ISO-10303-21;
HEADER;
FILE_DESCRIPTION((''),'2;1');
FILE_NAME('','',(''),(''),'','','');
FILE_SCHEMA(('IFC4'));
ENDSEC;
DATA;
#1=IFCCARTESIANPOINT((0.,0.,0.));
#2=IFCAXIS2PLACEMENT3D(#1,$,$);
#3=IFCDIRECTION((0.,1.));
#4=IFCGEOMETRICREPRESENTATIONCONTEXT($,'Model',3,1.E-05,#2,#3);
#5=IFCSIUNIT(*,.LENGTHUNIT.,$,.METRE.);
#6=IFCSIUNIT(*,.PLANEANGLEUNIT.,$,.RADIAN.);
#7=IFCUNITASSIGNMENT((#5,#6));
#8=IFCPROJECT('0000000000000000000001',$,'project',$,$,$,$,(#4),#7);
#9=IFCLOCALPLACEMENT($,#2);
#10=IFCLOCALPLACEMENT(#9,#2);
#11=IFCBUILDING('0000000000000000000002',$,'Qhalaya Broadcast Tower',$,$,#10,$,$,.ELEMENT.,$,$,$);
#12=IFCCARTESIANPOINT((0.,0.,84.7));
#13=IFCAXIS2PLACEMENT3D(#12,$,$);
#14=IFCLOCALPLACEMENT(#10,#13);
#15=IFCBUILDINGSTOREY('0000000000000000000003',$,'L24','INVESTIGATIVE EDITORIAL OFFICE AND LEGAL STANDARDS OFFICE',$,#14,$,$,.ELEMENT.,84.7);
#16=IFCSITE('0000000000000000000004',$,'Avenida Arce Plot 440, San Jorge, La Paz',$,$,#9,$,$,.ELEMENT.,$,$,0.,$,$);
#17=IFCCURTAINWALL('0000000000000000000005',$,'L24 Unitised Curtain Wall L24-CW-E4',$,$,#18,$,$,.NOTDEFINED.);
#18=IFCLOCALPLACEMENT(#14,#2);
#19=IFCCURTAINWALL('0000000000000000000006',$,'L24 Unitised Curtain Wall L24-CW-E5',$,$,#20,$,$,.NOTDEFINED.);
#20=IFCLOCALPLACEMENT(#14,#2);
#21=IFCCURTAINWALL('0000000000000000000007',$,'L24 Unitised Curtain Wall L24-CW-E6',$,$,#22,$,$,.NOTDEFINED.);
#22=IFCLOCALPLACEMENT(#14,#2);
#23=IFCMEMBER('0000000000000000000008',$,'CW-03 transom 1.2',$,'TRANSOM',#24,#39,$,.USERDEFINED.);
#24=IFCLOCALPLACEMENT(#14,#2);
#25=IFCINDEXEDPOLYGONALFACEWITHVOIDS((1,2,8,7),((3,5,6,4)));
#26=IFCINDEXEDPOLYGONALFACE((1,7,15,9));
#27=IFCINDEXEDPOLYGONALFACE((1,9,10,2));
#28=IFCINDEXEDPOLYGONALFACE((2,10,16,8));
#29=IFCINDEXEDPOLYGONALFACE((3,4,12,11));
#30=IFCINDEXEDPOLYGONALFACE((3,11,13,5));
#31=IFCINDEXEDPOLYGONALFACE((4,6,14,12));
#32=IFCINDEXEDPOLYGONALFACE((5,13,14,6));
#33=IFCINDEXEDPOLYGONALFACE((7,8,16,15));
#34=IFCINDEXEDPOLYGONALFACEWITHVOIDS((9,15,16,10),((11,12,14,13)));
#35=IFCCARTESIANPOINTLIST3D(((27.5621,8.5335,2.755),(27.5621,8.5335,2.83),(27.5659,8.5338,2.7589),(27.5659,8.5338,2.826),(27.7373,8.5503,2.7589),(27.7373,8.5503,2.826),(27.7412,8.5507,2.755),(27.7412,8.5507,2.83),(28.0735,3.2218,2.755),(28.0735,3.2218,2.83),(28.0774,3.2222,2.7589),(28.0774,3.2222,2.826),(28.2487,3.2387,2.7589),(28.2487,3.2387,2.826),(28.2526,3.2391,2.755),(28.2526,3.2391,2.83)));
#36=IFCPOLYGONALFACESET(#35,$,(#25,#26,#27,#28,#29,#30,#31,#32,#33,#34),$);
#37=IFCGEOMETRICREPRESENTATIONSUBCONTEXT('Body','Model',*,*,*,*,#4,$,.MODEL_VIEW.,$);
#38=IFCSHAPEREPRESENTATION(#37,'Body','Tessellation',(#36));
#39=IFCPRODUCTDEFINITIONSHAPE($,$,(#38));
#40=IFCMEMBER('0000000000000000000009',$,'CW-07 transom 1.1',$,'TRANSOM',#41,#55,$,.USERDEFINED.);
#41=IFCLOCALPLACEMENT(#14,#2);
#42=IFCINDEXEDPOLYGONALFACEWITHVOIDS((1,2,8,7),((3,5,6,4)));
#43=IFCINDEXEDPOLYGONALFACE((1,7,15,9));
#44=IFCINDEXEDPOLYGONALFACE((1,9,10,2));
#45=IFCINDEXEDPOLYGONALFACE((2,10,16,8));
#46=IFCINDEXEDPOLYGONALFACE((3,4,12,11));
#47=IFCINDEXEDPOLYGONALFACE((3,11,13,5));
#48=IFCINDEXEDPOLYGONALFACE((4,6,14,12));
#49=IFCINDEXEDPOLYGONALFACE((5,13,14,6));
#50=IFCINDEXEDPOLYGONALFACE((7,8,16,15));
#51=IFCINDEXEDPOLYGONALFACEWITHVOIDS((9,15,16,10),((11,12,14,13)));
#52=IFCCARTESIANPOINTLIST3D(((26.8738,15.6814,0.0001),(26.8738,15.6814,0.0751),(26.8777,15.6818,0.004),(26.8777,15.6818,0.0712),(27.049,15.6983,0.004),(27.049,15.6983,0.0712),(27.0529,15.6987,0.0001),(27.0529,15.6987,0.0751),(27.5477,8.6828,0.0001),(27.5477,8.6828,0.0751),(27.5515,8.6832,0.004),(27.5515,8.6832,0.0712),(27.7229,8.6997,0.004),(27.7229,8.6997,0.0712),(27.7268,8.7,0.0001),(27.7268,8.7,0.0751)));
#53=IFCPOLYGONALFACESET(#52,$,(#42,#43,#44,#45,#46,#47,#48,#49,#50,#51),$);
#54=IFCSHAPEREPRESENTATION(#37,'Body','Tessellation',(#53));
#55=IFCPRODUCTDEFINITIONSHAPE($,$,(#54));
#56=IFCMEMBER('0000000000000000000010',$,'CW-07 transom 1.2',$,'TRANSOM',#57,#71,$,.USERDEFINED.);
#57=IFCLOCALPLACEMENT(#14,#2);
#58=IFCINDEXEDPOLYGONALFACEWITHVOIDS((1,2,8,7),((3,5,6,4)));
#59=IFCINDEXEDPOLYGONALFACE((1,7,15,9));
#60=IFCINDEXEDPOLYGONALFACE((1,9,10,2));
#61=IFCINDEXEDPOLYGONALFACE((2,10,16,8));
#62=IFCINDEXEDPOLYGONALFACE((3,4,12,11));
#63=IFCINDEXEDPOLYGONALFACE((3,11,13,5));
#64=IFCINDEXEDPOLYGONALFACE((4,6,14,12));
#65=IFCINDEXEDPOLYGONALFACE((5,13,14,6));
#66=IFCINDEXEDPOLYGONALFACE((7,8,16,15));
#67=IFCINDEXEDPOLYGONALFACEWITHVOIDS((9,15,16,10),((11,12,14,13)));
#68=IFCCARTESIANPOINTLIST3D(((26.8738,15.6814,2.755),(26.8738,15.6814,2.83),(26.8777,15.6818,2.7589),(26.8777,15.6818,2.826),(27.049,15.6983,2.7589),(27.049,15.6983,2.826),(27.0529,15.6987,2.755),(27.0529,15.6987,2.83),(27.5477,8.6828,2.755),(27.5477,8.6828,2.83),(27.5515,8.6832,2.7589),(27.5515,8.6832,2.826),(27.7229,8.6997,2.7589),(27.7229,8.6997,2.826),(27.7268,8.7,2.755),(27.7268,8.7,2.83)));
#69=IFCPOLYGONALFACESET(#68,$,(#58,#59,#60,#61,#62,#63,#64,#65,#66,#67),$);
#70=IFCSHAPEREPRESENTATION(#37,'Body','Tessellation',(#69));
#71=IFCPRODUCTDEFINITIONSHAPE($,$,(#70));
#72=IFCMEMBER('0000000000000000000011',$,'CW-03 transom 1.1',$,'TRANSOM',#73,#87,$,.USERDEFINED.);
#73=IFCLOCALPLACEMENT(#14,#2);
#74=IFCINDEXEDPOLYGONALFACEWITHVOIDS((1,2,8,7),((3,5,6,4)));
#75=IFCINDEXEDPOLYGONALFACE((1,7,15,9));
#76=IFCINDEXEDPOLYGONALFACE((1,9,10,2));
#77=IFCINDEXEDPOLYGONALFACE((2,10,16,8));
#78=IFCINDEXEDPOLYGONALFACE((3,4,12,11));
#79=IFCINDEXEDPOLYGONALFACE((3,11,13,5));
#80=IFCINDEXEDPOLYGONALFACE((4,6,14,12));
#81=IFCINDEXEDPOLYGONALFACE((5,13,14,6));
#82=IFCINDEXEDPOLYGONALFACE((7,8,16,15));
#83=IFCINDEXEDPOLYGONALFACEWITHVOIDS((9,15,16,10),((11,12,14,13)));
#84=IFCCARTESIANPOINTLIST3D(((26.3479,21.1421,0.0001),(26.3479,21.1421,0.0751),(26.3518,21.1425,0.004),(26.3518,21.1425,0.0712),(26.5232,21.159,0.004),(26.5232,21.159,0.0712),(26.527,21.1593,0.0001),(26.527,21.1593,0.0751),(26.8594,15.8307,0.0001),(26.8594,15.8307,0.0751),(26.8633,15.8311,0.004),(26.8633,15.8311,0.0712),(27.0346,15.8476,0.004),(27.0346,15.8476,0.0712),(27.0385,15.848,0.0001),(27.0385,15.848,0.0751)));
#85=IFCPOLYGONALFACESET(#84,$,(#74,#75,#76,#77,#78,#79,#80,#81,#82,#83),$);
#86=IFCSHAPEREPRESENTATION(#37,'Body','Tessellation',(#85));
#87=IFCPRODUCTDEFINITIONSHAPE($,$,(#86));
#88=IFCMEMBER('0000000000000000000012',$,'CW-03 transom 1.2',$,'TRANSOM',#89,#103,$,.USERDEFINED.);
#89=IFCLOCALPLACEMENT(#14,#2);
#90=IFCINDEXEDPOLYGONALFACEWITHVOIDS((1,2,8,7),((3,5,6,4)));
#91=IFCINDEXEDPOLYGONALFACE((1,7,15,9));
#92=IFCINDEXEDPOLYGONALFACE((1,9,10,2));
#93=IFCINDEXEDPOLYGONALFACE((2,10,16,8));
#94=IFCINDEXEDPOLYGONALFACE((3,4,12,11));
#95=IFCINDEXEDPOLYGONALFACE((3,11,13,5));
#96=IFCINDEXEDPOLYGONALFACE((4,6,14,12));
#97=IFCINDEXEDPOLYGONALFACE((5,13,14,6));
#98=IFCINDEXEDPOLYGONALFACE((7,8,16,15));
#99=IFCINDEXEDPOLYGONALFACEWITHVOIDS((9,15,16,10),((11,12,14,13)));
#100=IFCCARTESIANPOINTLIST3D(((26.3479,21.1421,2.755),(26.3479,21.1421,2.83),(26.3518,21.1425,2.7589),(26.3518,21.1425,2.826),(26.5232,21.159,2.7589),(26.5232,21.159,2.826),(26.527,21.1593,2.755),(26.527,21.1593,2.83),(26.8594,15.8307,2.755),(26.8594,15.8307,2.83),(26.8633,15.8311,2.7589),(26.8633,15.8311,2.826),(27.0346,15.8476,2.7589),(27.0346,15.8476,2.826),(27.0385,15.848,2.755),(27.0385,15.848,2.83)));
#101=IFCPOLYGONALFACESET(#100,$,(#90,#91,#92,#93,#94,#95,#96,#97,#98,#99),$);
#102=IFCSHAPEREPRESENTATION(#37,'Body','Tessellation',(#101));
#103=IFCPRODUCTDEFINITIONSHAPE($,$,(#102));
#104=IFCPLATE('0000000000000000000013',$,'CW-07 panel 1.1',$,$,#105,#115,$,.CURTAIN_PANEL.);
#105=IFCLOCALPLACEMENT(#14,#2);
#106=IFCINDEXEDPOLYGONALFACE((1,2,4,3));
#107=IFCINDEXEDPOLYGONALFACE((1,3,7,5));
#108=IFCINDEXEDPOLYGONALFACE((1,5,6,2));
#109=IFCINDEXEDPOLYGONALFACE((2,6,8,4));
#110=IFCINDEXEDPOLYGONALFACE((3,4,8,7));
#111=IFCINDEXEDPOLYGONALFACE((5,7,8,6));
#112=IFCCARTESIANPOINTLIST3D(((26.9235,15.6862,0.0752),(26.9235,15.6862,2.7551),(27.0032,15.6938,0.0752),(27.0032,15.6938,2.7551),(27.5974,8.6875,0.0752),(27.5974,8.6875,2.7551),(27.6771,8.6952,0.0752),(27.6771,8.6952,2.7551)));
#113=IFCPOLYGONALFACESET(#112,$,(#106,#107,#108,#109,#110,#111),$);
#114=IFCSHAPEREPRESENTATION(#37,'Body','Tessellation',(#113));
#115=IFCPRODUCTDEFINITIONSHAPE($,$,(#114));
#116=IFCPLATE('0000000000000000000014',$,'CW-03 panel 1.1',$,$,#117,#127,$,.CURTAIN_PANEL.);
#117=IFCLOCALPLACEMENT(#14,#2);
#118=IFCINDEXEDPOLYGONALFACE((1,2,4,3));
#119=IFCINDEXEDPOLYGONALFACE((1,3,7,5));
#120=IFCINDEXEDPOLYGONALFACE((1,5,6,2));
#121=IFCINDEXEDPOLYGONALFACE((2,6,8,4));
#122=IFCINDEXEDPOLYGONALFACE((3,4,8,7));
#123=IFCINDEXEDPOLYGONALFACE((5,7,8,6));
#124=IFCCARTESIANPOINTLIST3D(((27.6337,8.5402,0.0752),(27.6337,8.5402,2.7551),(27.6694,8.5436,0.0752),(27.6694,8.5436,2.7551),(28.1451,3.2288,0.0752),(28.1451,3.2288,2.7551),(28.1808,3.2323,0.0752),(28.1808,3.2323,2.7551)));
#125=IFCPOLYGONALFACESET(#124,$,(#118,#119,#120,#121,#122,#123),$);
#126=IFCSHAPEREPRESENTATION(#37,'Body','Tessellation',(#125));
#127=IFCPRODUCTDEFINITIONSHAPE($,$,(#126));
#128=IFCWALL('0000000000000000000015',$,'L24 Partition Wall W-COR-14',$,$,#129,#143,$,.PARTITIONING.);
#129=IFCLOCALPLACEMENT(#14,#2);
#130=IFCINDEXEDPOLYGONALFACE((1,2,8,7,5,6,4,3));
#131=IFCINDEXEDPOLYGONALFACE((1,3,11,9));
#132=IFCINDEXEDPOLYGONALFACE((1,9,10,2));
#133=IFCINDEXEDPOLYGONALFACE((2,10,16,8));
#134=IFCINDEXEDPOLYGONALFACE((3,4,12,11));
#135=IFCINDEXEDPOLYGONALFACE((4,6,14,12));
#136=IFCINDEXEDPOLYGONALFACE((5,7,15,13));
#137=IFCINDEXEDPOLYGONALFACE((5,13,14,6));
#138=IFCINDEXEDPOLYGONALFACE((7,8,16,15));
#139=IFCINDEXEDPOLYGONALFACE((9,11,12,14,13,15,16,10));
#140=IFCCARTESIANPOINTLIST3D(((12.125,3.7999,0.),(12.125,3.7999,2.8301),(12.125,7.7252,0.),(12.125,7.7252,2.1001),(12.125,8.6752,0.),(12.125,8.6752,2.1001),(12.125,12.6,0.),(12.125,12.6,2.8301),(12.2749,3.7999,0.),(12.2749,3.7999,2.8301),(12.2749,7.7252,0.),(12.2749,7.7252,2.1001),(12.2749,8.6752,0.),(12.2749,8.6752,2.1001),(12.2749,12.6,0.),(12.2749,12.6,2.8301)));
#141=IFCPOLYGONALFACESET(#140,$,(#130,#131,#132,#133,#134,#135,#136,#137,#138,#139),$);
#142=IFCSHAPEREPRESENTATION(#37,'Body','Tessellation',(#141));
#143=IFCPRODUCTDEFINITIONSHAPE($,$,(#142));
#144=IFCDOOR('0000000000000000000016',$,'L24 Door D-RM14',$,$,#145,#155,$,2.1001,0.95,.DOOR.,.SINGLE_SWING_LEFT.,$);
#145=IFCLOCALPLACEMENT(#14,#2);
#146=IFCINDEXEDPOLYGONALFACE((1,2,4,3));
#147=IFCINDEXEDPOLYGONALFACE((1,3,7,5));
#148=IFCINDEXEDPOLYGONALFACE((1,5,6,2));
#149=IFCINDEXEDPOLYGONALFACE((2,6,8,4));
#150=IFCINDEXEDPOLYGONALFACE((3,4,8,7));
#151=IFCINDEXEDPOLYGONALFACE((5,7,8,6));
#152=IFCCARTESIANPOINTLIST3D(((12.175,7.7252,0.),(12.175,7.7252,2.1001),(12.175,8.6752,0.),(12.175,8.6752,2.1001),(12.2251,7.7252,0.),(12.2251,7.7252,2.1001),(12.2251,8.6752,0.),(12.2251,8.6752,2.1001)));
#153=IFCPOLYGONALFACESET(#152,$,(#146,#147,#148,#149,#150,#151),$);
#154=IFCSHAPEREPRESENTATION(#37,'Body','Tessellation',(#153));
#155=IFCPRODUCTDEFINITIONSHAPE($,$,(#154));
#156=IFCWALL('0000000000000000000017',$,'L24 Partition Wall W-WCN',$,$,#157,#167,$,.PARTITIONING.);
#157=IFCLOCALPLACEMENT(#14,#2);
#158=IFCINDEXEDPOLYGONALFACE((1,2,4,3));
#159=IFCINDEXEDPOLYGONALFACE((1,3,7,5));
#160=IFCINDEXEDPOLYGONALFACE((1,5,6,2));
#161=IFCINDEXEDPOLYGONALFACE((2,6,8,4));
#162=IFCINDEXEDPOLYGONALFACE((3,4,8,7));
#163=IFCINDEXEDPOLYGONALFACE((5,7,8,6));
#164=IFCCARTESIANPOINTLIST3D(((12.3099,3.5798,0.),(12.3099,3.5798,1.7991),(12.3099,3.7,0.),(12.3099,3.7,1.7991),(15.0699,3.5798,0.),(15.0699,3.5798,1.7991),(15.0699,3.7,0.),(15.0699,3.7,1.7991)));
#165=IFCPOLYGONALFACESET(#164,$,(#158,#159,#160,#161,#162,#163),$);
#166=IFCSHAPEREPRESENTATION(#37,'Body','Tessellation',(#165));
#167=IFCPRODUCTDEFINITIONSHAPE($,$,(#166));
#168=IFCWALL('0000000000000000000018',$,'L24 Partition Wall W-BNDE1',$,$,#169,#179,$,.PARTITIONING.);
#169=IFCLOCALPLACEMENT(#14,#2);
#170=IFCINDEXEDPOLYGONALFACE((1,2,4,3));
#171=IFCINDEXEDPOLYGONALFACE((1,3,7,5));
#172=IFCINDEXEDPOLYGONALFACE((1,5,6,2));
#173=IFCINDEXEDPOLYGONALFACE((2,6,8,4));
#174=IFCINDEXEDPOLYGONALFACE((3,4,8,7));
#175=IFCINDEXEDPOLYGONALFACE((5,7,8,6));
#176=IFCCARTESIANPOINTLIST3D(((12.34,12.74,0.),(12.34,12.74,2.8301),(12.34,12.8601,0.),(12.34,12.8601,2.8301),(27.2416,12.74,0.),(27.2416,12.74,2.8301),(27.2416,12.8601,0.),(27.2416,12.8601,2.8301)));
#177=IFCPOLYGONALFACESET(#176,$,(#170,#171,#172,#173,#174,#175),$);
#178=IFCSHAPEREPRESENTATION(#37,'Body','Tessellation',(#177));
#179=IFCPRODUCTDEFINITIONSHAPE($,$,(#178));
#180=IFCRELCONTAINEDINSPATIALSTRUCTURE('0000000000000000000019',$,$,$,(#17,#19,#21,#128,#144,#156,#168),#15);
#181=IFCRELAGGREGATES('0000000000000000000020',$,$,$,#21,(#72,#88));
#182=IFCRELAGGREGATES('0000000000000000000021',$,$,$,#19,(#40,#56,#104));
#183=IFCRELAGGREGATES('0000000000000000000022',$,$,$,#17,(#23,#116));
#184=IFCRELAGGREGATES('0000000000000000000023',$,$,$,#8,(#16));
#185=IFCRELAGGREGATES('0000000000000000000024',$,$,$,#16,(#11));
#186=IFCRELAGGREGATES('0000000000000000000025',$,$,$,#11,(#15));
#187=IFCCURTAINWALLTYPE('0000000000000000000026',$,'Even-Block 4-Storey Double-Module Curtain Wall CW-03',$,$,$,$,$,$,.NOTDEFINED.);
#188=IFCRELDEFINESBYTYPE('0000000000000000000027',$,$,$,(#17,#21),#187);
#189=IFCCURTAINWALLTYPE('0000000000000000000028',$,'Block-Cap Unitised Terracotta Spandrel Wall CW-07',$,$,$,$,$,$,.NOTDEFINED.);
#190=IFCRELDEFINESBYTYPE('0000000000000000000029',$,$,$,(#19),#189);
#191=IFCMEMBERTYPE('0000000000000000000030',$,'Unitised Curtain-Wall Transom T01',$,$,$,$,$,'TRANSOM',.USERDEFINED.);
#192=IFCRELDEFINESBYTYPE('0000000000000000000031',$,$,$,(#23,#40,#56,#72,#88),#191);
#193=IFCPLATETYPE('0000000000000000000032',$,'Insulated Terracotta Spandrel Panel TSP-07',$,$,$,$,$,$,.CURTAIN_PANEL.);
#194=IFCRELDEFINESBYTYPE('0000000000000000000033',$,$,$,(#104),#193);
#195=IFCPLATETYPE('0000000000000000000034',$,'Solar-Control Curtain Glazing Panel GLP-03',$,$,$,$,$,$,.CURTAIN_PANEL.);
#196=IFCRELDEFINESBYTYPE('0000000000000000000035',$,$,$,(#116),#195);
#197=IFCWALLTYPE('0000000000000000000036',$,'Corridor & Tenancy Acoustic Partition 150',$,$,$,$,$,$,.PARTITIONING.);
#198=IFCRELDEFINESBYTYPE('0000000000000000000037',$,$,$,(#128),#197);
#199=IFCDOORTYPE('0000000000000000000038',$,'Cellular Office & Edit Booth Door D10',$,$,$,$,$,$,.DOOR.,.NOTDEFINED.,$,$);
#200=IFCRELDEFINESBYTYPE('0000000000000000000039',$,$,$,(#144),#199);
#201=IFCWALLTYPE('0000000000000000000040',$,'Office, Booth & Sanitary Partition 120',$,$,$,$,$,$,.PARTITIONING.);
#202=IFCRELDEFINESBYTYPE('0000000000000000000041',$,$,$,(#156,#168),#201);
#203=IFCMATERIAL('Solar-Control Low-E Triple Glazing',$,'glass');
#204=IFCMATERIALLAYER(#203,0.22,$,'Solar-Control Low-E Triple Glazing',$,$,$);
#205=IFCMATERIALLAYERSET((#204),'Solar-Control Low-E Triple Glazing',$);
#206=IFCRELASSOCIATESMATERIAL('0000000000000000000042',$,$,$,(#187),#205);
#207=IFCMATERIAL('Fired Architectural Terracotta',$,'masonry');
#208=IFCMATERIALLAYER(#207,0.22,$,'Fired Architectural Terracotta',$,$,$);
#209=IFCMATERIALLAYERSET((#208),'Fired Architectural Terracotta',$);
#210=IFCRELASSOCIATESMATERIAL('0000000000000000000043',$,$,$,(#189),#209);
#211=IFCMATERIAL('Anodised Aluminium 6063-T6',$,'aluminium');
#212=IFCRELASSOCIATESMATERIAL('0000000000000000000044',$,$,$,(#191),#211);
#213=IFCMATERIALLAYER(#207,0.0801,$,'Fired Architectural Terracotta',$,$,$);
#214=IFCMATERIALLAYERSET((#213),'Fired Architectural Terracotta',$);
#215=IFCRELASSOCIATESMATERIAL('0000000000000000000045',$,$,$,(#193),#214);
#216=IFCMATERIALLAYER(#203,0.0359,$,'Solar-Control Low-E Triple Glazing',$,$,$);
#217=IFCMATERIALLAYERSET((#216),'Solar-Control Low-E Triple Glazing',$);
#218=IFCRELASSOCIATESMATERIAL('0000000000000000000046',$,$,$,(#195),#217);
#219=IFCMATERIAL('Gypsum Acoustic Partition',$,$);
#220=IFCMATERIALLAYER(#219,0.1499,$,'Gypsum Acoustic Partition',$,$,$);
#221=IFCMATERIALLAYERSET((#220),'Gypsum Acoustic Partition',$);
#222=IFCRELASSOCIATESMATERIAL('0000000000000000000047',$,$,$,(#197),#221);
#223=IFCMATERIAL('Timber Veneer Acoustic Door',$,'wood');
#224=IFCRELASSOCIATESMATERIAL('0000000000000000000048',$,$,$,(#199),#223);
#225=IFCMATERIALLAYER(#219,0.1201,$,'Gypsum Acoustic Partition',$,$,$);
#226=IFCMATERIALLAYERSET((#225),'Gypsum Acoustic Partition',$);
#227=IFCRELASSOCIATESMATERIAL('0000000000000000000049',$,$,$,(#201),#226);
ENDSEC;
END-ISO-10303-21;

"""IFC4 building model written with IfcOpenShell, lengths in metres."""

from ifc_helpers import new_model, si_unit, direction, frame, frame_2d, origin, origin_2d, place, context, subcontext, project, spatial, rectangle, hollow_rectangle, extrude, material, layer, layer_set, material_profile, profile_set, type_object, element, fill, aggregate, save


model = new_model("IFC4")

# Units and contexts
model_context = context("Model", 3, precision=1e-05, world=origin(), true_north=direction((0.0, 1.0)))
body_context = subcontext(model_context, "Body", "Model", "MODEL_VIEW")
ifc_project = project(units=[si_unit("LENGTHUNIT", "METRE"), si_unit("PLANEANGLEUNIT", "RADIAN")], contexts=[model_context])

# Site, building, storey
site_placement = place(None, origin())
site = spatial("IfcSite", under=ifc_project, at=site_placement, Name="Avenida Arce Plot 440, San Jorge, La Paz", CompositionType="ELEMENT", RefElevation=0.0)
building_placement = place(site_placement, origin())
building = spatial("IfcBuilding", under=site, at=building_placement, Name="Qhalaya Broadcast Tower", CompositionType="ELEMENT")
storey_placement = place(building_placement, frame((0.0, 0.0, 84.7)))
storey = spatial("IfcBuildingStorey", under=building, at=storey_placement, Name="L24", Description="INVESTIGATIVE EDITORIAL OFFICE AND LEGAL STANDARDS OFFICE", CompositionType="ELEMENT", Elevation=84.7)

# Curtain walls
ifc_material_1 = material(Name="Solar-Control Low-E Triple Glazing", Category="glass")
ifc_layer_1 = layer(ifc_material_1, 0.22, Name="Solar-Control Low-E Triple Glazing")
ifc_layer_set_1 = layer_set([ifc_layer_1], Name="Solar-Control Low-E Triple Glazing")
curtain_wall_type_1 = type_object("IfcCurtainWallType", Name="Even-Block 4-Storey Double-Module Curtain Wall CW-03", PredefinedType="NOTDEFINED", material=ifc_layer_set_1)
curtain_wall_1_placement = place(storey_placement, origin())
curtain_wall_1 = element("IfcCurtainWall", 1, at=curtain_wall_1_placement, inside=storey, type_object=curtain_wall_type_1, Name="L24 Unitised Curtain Wall L24-CW-E4", PredefinedType="NOTDEFINED")
ifc_material_2 = material(Name="Anodised Aluminium 6063-T6", Category="aluminium")
ifc_material_3 = material(Name="Fired Architectural Terracotta", Category="masonry")
ifc_layer_2 = layer(ifc_material_3, 0.22, Name="Fired Architectural Terracotta")
ifc_layer_set_2 = layer_set([ifc_layer_2], Name="Fired Architectural Terracotta")
curtain_wall_type_2 = type_object("IfcCurtainWallType", Name="Block-Cap Unitised Terracotta Spandrel Wall CW-07", PredefinedType="NOTDEFINED", material=ifc_layer_set_2)
curtain_wall_2_placement = place(storey_placement, origin())
curtain_wall_2 = element("IfcCurtainWall", 2, at=curtain_wall_2_placement, inside=storey, type_object=curtain_wall_type_2, Name="L24 Unitised Curtain Wall L24-CW-E5", PredefinedType="NOTDEFINED")

# Curtain wall
curtain_wall_3_placement = place(storey_placement, origin())
curtain_wall_3 = element("IfcCurtainWall", 3, at=curtain_wall_3_placement, inside=storey, type_object=curtain_wall_type_1, Name="L24 Unitised Curtain Wall L24-CW-E6", PredefinedType="NOTDEFINED")

# Members
ifc_material_profile_1 = material_profile(ifc_material_2, hollow_rectangle(XDim=0.075, YDim=0.1799, WallThickness=0.0039, at=origin_2d()), Name="ALU-TRN 75x180x4")
ifc_profile_set_1 = profile_set([ifc_material_profile_1], Name="Anodised Aluminium 6063-T6")
member_type_1 = type_object("IfcMemberType", Name="Unitised Curtain-Wall Transom T01", ElementType="TRANSOM", PredefinedType="USERDEFINED", material=ifc_profile_set_1)
member_1_placement = place(storey_placement, frame((28.1631, 3.2305, 2.7925), z_axis=(-0.095852, 0.995396, 0.0), x_axis=(0.0, 0.0, 1.0)))
member_1 = element("IfcMember", 4, at=member_1_placement, type_object=member_type_1, Name="CW-03 transom 1.2", ObjectType="TRANSOM", PredefinedType="USERDEFINED", context=body_context, shape_type="SweptSolid", body=[
    extrude(hollow_rectangle(XDim=0.075, YDim=0.1799, WallThickness=0.0039, at=origin_2d()), origin(), (0.0, 0.0, 1.0), 5.3362),
])
member_2_placement = place(storey_placement, frame((27.6372, 8.6914, 0.0376), z_axis=(-0.095838, 0.995397, 0.0), x_axis=(0.0, 0.0, 1.0)))
member_2 = element("IfcMember", 5, at=member_2_placement, type_object=member_type_1, Name="CW-07 transom 1.1", ObjectType="TRANSOM", PredefinedType="USERDEFINED", context=body_context, shape_type="SweptSolid", body=[
    extrude(hollow_rectangle(XDim=0.075, YDim=0.1799, WallThickness=0.0039, at=origin_2d()), origin(), (0.0, 0.0, 1.0), 7.031),
])
member_3_placement = place(storey_placement, frame((27.6372, 8.6914, 2.7925), z_axis=(-0.095838, 0.995397, 0.0), x_axis=(0.0, 0.0, 1.0)))
member_3 = element("IfcMember", 6, at=member_3_placement, type_object=member_type_1, Name="CW-07 transom 1.2", ObjectType="TRANSOM", PredefinedType="USERDEFINED", context=body_context, shape_type="SweptSolid", body=[
    extrude(hollow_rectangle(XDim=0.075, YDim=0.1799, WallThickness=0.0039, at=origin_2d()), origin(), (0.0, 0.0, 1.0), 7.031),
])
member_4_placement = place(storey_placement, frame((26.949, 15.8394, 0.0376), z_axis=(-0.095856, 0.995395, 0.0), x_axis=(0.0, 0.0, 1.0)))
member_4 = element("IfcMember", 7, at=member_4_placement, type_object=member_type_1, Name="CW-03 transom 1.1", ObjectType="TRANSOM", PredefinedType="USERDEFINED", context=body_context, shape_type="SweptSolid", body=[
    extrude(hollow_rectangle(XDim=0.075, YDim=0.1799, WallThickness=0.0039, at=origin_2d()), origin(), (0.0, 0.0, 1.0), 5.3359),
])
member_5_placement = place(storey_placement, frame((26.949, 15.8394, 2.7925), z_axis=(-0.095856, 0.995395, 0.0), x_axis=(0.0, 0.0, 1.0)))
member_5 = element("IfcMember", 8, at=member_5_placement, type_object=member_type_1, Name="CW-03 transom 1.2", ObjectType="TRANSOM", PredefinedType="USERDEFINED", context=body_context, shape_type="SweptSolid", body=[
    extrude(hollow_rectangle(XDim=0.075, YDim=0.1799, WallThickness=0.0039, at=origin_2d()), origin(), (0.0, 0.0, 1.0), 5.3359),
])
aggregate(curtain_wall_3, [member_4, member_5])

# Plates
ifc_layer_3 = layer(ifc_material_3, 0.0801, Name="Fired Architectural Terracotta")
ifc_layer_set_3 = layer_set([ifc_layer_3], Name="Fired Architectural Terracotta")
plate_type_1 = type_object("IfcPlateType", Name="Insulated Terracotta Spandrel Panel TSP-07", PredefinedType="CURTAIN_PANEL", material=ifc_layer_set_3)
plate_1_placement = place(storey_placement, frame((27.3003, 12.1907, 0.0752), z_axis=(0.0, 0.0, 1.0), x_axis=(-0.095851, 0.995396, 0.0)))
plate_1 = element("IfcPlate", 9, at=plate_1_placement, type_object=plate_type_1, Name="CW-07 panel 1.1", PredefinedType="CURTAIN_PANEL", context=body_context, shape_type="SweptSolid", body=[
    extrude(rectangle(XDim=7.031, YDim=0.0801, at=origin_2d()), origin(), (0.0, 0.0, 1.0), 2.6799),
])
aggregate(curtain_wall_2, [member_2, member_3, plate_1])
ifc_layer_4 = layer(ifc_material_1, 0.0359, Name="Solar-Control Low-E Triple Glazing")
ifc_layer_set_4 = layer_set([ifc_layer_4], Name="Solar-Control Low-E Triple Glazing")
plate_type_2 = type_object("IfcPlateType", Name="Solar-Control Curtain Glazing Panel GLP-03", PredefinedType="CURTAIN_PANEL", material=ifc_layer_set_4)
plate_2_placement = place(storey_placement, frame((27.9072, 5.8862, 0.0752), z_axis=(0.0, 0.0, 1.0), x_axis=(-0.095843, 0.995396, 0.0)))
plate_2 = element("IfcPlate", 10, at=plate_2_placement, type_object=plate_type_2, Name="CW-03 panel 1.1", PredefinedType="CURTAIN_PANEL", context=body_context, shape_type="SweptSolid", body=[
    extrude(rectangle(XDim=5.3359, YDim=0.0359, at=origin_2d()), origin(), (0.0, 0.0, 1.0), 2.6799),
])
aggregate(curtain_wall_1, [member_1, plate_2])

# Wall, opening, door
ifc_material_4 = material(Name="Gypsum Acoustic Partition")
ifc_layer_5 = layer(ifc_material_4, 0.1499, Name="Gypsum Acoustic Partition")
ifc_layer_set_5 = layer_set([ifc_layer_5], Name="Gypsum Acoustic Partition")
wall_type_1 = type_object("IfcWallType", Name="Corridor & Tenancy Acoustic Partition 150", PredefinedType="PARTITIONING", material=ifc_layer_set_5)
wall_1_placement = place(storey_placement, frame((12.2, 3.8, 0.0), z_axis=(0.0, 0.0, 1.0), x_axis=(0.0, 1.0, 0.0)))
wall_1 = element("IfcWall", 11, at=wall_1_placement, inside=storey, type_object=wall_type_1, Name="L24 Partition Wall W-COR-14", PredefinedType="PARTITIONING", context=body_context, shape_type="SweptSolid", body=[
    extrude(rectangle(XDim=8.8, YDim=0.1499, at=frame_2d((4.3999, 0.0))), origin(), (0.0, 0.0, 1.0), 2.8301),
])
opening_placement = place(wall_1_placement, frame((3.925, 0.0, 0.0)))
opening = element("IfcOpeningElement", 12, at=opening_placement, cuts=wall_1, PredefinedType="OPENING", context=body_context, shape_type="SweptSolid", body=[
    extrude(rectangle(XDim=0.95, YDim=2.1001, at=frame_2d((0.4751, 1.05))), frame((0.0, 0.0869, 0.0), z_axis=(0.0, -1.0, 0.0), x_axis=(1.0, 0.0, 0.0)), (0.0, 0.0, 1.0), 0.1738),
])
ifc_material_5 = material(Name="Timber Veneer Acoustic Door", Category="wood")
door_type = type_object("IfcDoorType", Name="Cellular Office & Edit Booth Door D10", OperationType="NOTDEFINED", PredefinedType="DOOR", material=ifc_material_5)
door_placement = place(opening_placement, origin())
door = element("IfcDoor", 13, at=door_placement, inside=storey, type_object=door_type, Name="L24 Door D-RM14", OperationType="SINGLE_SWING_LEFT", OverallHeight=2.1001, OverallWidth=0.95, PredefinedType="DOOR", context=body_context, shape_type="SweptSolid", body=[
    extrude(rectangle(XDim=0.95, YDim=2.1001, at=frame_2d((0.4751, 1.05))), frame((0.0, 0.0249, 0.0), z_axis=(0.0, -1.0, 0.0), x_axis=(1.0, 0.0, 0.0)), (0.0, 0.0, 1.0), 0.05),
])
fill(opening, door)

# Walls
ifc_layer_6 = layer(ifc_material_4, 0.1201, Name="Gypsum Acoustic Partition")
ifc_layer_set_6 = layer_set([ifc_layer_6], Name="Gypsum Acoustic Partition")
wall_type_2 = type_object("IfcWallType", Name="Office, Booth & Sanitary Partition 120", PredefinedType="PARTITIONING", material=ifc_layer_set_6)
wall_2_placement = place(storey_placement, frame((12.3101, 3.6399, 0.0), z_axis=(0.0, 0.0, 1.0), x_axis=(1.0, 0.0, 0.0)))
element("IfcWall", 14, at=wall_2_placement, inside=storey, type_object=wall_type_2, Name="L24 Partition Wall W-WCN", PredefinedType="PARTITIONING", context=body_context, shape_type="SweptSolid", body=[
    extrude(rectangle(XDim=2.76, YDim=0.1201, at=frame_2d((1.3799, 0.0))), origin(), (0.0, 0.0, 1.0), 1.7991),
])
wall_3_placement = place(storey_placement, frame((12.3401, 12.8, 0.0), z_axis=(0.0, 0.0, 1.0), x_axis=(1.0, 0.0, 0.0)))
element("IfcWall", 15, at=wall_3_placement, inside=storey, type_object=wall_type_2, Name="L24 Partition Wall W-BNDE1", PredefinedType="PARTITIONING", context=body_context, shape_type="SweptSolid", body=[
    extrude(rectangle(XDim=14.9016, YDim=0.1201, at=frame_2d((7.4507, 0.0))), origin(), (0.0, 0.0, 1.0), 2.8301),
])

save(model, "model.ifc")
